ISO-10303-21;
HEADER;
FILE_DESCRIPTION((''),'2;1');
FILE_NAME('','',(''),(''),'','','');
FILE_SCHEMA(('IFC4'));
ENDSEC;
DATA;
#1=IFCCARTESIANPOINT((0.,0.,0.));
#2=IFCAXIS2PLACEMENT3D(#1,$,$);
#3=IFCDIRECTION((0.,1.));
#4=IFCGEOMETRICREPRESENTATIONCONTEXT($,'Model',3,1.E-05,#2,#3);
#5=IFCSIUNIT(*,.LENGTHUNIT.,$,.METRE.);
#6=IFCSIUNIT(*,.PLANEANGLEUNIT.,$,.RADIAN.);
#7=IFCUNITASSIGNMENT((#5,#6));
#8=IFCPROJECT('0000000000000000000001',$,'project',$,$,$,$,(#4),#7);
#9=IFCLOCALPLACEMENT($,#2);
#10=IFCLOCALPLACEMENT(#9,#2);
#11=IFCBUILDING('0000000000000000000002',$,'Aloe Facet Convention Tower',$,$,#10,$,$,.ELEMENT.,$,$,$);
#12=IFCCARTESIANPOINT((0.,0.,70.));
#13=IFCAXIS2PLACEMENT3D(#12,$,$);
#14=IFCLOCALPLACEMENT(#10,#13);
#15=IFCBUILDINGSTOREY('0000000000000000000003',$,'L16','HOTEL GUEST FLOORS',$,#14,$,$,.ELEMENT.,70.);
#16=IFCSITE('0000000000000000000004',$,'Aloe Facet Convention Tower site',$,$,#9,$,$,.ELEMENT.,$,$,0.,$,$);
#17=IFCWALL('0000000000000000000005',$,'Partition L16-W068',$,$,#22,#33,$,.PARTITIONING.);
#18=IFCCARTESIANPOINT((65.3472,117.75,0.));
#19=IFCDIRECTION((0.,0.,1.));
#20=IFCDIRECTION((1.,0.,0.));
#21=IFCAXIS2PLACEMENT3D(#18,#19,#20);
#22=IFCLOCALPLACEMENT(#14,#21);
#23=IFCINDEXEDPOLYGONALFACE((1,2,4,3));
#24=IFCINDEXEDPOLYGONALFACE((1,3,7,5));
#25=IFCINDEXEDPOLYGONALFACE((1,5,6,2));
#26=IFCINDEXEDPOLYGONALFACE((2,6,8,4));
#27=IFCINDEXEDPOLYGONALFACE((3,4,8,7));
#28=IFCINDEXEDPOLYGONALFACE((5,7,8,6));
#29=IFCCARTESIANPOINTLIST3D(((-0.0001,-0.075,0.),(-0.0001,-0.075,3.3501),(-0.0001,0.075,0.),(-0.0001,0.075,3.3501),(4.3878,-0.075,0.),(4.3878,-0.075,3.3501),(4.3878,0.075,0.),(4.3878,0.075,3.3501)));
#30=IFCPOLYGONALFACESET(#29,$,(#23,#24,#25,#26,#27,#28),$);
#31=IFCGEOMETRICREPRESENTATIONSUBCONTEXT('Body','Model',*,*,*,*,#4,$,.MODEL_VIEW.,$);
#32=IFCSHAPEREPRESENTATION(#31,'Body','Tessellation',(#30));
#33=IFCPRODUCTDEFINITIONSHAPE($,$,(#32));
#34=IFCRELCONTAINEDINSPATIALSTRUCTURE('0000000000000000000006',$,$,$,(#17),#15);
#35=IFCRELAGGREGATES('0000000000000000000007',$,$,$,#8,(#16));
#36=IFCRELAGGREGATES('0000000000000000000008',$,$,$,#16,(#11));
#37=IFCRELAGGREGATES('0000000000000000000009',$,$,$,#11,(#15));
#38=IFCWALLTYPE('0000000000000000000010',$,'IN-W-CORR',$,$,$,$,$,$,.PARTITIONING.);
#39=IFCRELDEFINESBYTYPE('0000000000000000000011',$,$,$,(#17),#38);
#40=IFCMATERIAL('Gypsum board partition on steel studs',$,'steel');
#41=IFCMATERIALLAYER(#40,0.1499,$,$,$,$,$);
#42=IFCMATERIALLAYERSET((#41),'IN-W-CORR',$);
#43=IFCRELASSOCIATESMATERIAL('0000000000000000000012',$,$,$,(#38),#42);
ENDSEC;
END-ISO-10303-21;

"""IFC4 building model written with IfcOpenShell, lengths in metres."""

from ifc_helpers import new_model, si_unit, direction, frame, frame_2d, origin, place, context, subcontext, project, spatial, rectangle, extrude, material, layer, layer_set, type_object, element, save


model = new_model("IFC4")

# Units and contexts
model_context = context("Model", 3, precision=1e-05, world=origin(), true_north=direction((0.0, 1.0)))
body_context = subcontext(model_context, "Body", "Model", "MODEL_VIEW")
ifc_project = project(units=[si_unit("LENGTHUNIT", "METRE"), si_unit("PLANEANGLEUNIT", "RADIAN")], contexts=[model_context])

# Site, building, storey
site_placement = place(None, origin())
site = spatial("IfcSite", under=ifc_project, at=site_placement, Name="Aloe Facet Convention Tower site", CompositionType="ELEMENT", RefElevation=0.0)
building_placement = place(site_placement, origin())
building = spatial("IfcBuilding", under=site, at=building_placement, Name="Aloe Facet Convention Tower", CompositionType="ELEMENT")
storey_placement = place(building_placement, frame((0.0, 0.0, 70.0)))
storey = spatial("IfcBuildingStorey", under=building, at=storey_placement, Name="L16", Description="HOTEL GUEST FLOORS", CompositionType="ELEMENT", Elevation=70.0)

# Shared definitions
ifc_material_1 = material(Name="Gypsum board partition on steel studs", Category="steel")
ifc_layer_1 = layer(ifc_material_1, 0.1499)
ifc_layer_set_1 = layer_set([ifc_layer_1], Name="IN-W-CORR")
wall_type_1 = type_object("IfcWallType", Name="IN-W-CORR", PredefinedType="PARTITIONING", material=ifc_layer_set_1)

# Wall
wall_1_placement = place(storey_placement, frame((65.3472, 117.75, 0.0), z_axis=(0.0, 0.0, 1.0), x_axis=(1.0, 0.0, 0.0)))
element("IfcWall", 1, at=wall_1_placement, inside=storey, type_object=wall_type_1, Name="Partition L16-W068", PredefinedType="PARTITIONING", context=body_context, shape_type="SweptSolid", body=[
    extrude(rectangle(XDim=4.3879, YDim=0.1499, at=frame_2d((2.1938, 0.0))), origin(), (0.0, 0.0, 1.0), 3.3501),
])

save(model, "model.ifc")
